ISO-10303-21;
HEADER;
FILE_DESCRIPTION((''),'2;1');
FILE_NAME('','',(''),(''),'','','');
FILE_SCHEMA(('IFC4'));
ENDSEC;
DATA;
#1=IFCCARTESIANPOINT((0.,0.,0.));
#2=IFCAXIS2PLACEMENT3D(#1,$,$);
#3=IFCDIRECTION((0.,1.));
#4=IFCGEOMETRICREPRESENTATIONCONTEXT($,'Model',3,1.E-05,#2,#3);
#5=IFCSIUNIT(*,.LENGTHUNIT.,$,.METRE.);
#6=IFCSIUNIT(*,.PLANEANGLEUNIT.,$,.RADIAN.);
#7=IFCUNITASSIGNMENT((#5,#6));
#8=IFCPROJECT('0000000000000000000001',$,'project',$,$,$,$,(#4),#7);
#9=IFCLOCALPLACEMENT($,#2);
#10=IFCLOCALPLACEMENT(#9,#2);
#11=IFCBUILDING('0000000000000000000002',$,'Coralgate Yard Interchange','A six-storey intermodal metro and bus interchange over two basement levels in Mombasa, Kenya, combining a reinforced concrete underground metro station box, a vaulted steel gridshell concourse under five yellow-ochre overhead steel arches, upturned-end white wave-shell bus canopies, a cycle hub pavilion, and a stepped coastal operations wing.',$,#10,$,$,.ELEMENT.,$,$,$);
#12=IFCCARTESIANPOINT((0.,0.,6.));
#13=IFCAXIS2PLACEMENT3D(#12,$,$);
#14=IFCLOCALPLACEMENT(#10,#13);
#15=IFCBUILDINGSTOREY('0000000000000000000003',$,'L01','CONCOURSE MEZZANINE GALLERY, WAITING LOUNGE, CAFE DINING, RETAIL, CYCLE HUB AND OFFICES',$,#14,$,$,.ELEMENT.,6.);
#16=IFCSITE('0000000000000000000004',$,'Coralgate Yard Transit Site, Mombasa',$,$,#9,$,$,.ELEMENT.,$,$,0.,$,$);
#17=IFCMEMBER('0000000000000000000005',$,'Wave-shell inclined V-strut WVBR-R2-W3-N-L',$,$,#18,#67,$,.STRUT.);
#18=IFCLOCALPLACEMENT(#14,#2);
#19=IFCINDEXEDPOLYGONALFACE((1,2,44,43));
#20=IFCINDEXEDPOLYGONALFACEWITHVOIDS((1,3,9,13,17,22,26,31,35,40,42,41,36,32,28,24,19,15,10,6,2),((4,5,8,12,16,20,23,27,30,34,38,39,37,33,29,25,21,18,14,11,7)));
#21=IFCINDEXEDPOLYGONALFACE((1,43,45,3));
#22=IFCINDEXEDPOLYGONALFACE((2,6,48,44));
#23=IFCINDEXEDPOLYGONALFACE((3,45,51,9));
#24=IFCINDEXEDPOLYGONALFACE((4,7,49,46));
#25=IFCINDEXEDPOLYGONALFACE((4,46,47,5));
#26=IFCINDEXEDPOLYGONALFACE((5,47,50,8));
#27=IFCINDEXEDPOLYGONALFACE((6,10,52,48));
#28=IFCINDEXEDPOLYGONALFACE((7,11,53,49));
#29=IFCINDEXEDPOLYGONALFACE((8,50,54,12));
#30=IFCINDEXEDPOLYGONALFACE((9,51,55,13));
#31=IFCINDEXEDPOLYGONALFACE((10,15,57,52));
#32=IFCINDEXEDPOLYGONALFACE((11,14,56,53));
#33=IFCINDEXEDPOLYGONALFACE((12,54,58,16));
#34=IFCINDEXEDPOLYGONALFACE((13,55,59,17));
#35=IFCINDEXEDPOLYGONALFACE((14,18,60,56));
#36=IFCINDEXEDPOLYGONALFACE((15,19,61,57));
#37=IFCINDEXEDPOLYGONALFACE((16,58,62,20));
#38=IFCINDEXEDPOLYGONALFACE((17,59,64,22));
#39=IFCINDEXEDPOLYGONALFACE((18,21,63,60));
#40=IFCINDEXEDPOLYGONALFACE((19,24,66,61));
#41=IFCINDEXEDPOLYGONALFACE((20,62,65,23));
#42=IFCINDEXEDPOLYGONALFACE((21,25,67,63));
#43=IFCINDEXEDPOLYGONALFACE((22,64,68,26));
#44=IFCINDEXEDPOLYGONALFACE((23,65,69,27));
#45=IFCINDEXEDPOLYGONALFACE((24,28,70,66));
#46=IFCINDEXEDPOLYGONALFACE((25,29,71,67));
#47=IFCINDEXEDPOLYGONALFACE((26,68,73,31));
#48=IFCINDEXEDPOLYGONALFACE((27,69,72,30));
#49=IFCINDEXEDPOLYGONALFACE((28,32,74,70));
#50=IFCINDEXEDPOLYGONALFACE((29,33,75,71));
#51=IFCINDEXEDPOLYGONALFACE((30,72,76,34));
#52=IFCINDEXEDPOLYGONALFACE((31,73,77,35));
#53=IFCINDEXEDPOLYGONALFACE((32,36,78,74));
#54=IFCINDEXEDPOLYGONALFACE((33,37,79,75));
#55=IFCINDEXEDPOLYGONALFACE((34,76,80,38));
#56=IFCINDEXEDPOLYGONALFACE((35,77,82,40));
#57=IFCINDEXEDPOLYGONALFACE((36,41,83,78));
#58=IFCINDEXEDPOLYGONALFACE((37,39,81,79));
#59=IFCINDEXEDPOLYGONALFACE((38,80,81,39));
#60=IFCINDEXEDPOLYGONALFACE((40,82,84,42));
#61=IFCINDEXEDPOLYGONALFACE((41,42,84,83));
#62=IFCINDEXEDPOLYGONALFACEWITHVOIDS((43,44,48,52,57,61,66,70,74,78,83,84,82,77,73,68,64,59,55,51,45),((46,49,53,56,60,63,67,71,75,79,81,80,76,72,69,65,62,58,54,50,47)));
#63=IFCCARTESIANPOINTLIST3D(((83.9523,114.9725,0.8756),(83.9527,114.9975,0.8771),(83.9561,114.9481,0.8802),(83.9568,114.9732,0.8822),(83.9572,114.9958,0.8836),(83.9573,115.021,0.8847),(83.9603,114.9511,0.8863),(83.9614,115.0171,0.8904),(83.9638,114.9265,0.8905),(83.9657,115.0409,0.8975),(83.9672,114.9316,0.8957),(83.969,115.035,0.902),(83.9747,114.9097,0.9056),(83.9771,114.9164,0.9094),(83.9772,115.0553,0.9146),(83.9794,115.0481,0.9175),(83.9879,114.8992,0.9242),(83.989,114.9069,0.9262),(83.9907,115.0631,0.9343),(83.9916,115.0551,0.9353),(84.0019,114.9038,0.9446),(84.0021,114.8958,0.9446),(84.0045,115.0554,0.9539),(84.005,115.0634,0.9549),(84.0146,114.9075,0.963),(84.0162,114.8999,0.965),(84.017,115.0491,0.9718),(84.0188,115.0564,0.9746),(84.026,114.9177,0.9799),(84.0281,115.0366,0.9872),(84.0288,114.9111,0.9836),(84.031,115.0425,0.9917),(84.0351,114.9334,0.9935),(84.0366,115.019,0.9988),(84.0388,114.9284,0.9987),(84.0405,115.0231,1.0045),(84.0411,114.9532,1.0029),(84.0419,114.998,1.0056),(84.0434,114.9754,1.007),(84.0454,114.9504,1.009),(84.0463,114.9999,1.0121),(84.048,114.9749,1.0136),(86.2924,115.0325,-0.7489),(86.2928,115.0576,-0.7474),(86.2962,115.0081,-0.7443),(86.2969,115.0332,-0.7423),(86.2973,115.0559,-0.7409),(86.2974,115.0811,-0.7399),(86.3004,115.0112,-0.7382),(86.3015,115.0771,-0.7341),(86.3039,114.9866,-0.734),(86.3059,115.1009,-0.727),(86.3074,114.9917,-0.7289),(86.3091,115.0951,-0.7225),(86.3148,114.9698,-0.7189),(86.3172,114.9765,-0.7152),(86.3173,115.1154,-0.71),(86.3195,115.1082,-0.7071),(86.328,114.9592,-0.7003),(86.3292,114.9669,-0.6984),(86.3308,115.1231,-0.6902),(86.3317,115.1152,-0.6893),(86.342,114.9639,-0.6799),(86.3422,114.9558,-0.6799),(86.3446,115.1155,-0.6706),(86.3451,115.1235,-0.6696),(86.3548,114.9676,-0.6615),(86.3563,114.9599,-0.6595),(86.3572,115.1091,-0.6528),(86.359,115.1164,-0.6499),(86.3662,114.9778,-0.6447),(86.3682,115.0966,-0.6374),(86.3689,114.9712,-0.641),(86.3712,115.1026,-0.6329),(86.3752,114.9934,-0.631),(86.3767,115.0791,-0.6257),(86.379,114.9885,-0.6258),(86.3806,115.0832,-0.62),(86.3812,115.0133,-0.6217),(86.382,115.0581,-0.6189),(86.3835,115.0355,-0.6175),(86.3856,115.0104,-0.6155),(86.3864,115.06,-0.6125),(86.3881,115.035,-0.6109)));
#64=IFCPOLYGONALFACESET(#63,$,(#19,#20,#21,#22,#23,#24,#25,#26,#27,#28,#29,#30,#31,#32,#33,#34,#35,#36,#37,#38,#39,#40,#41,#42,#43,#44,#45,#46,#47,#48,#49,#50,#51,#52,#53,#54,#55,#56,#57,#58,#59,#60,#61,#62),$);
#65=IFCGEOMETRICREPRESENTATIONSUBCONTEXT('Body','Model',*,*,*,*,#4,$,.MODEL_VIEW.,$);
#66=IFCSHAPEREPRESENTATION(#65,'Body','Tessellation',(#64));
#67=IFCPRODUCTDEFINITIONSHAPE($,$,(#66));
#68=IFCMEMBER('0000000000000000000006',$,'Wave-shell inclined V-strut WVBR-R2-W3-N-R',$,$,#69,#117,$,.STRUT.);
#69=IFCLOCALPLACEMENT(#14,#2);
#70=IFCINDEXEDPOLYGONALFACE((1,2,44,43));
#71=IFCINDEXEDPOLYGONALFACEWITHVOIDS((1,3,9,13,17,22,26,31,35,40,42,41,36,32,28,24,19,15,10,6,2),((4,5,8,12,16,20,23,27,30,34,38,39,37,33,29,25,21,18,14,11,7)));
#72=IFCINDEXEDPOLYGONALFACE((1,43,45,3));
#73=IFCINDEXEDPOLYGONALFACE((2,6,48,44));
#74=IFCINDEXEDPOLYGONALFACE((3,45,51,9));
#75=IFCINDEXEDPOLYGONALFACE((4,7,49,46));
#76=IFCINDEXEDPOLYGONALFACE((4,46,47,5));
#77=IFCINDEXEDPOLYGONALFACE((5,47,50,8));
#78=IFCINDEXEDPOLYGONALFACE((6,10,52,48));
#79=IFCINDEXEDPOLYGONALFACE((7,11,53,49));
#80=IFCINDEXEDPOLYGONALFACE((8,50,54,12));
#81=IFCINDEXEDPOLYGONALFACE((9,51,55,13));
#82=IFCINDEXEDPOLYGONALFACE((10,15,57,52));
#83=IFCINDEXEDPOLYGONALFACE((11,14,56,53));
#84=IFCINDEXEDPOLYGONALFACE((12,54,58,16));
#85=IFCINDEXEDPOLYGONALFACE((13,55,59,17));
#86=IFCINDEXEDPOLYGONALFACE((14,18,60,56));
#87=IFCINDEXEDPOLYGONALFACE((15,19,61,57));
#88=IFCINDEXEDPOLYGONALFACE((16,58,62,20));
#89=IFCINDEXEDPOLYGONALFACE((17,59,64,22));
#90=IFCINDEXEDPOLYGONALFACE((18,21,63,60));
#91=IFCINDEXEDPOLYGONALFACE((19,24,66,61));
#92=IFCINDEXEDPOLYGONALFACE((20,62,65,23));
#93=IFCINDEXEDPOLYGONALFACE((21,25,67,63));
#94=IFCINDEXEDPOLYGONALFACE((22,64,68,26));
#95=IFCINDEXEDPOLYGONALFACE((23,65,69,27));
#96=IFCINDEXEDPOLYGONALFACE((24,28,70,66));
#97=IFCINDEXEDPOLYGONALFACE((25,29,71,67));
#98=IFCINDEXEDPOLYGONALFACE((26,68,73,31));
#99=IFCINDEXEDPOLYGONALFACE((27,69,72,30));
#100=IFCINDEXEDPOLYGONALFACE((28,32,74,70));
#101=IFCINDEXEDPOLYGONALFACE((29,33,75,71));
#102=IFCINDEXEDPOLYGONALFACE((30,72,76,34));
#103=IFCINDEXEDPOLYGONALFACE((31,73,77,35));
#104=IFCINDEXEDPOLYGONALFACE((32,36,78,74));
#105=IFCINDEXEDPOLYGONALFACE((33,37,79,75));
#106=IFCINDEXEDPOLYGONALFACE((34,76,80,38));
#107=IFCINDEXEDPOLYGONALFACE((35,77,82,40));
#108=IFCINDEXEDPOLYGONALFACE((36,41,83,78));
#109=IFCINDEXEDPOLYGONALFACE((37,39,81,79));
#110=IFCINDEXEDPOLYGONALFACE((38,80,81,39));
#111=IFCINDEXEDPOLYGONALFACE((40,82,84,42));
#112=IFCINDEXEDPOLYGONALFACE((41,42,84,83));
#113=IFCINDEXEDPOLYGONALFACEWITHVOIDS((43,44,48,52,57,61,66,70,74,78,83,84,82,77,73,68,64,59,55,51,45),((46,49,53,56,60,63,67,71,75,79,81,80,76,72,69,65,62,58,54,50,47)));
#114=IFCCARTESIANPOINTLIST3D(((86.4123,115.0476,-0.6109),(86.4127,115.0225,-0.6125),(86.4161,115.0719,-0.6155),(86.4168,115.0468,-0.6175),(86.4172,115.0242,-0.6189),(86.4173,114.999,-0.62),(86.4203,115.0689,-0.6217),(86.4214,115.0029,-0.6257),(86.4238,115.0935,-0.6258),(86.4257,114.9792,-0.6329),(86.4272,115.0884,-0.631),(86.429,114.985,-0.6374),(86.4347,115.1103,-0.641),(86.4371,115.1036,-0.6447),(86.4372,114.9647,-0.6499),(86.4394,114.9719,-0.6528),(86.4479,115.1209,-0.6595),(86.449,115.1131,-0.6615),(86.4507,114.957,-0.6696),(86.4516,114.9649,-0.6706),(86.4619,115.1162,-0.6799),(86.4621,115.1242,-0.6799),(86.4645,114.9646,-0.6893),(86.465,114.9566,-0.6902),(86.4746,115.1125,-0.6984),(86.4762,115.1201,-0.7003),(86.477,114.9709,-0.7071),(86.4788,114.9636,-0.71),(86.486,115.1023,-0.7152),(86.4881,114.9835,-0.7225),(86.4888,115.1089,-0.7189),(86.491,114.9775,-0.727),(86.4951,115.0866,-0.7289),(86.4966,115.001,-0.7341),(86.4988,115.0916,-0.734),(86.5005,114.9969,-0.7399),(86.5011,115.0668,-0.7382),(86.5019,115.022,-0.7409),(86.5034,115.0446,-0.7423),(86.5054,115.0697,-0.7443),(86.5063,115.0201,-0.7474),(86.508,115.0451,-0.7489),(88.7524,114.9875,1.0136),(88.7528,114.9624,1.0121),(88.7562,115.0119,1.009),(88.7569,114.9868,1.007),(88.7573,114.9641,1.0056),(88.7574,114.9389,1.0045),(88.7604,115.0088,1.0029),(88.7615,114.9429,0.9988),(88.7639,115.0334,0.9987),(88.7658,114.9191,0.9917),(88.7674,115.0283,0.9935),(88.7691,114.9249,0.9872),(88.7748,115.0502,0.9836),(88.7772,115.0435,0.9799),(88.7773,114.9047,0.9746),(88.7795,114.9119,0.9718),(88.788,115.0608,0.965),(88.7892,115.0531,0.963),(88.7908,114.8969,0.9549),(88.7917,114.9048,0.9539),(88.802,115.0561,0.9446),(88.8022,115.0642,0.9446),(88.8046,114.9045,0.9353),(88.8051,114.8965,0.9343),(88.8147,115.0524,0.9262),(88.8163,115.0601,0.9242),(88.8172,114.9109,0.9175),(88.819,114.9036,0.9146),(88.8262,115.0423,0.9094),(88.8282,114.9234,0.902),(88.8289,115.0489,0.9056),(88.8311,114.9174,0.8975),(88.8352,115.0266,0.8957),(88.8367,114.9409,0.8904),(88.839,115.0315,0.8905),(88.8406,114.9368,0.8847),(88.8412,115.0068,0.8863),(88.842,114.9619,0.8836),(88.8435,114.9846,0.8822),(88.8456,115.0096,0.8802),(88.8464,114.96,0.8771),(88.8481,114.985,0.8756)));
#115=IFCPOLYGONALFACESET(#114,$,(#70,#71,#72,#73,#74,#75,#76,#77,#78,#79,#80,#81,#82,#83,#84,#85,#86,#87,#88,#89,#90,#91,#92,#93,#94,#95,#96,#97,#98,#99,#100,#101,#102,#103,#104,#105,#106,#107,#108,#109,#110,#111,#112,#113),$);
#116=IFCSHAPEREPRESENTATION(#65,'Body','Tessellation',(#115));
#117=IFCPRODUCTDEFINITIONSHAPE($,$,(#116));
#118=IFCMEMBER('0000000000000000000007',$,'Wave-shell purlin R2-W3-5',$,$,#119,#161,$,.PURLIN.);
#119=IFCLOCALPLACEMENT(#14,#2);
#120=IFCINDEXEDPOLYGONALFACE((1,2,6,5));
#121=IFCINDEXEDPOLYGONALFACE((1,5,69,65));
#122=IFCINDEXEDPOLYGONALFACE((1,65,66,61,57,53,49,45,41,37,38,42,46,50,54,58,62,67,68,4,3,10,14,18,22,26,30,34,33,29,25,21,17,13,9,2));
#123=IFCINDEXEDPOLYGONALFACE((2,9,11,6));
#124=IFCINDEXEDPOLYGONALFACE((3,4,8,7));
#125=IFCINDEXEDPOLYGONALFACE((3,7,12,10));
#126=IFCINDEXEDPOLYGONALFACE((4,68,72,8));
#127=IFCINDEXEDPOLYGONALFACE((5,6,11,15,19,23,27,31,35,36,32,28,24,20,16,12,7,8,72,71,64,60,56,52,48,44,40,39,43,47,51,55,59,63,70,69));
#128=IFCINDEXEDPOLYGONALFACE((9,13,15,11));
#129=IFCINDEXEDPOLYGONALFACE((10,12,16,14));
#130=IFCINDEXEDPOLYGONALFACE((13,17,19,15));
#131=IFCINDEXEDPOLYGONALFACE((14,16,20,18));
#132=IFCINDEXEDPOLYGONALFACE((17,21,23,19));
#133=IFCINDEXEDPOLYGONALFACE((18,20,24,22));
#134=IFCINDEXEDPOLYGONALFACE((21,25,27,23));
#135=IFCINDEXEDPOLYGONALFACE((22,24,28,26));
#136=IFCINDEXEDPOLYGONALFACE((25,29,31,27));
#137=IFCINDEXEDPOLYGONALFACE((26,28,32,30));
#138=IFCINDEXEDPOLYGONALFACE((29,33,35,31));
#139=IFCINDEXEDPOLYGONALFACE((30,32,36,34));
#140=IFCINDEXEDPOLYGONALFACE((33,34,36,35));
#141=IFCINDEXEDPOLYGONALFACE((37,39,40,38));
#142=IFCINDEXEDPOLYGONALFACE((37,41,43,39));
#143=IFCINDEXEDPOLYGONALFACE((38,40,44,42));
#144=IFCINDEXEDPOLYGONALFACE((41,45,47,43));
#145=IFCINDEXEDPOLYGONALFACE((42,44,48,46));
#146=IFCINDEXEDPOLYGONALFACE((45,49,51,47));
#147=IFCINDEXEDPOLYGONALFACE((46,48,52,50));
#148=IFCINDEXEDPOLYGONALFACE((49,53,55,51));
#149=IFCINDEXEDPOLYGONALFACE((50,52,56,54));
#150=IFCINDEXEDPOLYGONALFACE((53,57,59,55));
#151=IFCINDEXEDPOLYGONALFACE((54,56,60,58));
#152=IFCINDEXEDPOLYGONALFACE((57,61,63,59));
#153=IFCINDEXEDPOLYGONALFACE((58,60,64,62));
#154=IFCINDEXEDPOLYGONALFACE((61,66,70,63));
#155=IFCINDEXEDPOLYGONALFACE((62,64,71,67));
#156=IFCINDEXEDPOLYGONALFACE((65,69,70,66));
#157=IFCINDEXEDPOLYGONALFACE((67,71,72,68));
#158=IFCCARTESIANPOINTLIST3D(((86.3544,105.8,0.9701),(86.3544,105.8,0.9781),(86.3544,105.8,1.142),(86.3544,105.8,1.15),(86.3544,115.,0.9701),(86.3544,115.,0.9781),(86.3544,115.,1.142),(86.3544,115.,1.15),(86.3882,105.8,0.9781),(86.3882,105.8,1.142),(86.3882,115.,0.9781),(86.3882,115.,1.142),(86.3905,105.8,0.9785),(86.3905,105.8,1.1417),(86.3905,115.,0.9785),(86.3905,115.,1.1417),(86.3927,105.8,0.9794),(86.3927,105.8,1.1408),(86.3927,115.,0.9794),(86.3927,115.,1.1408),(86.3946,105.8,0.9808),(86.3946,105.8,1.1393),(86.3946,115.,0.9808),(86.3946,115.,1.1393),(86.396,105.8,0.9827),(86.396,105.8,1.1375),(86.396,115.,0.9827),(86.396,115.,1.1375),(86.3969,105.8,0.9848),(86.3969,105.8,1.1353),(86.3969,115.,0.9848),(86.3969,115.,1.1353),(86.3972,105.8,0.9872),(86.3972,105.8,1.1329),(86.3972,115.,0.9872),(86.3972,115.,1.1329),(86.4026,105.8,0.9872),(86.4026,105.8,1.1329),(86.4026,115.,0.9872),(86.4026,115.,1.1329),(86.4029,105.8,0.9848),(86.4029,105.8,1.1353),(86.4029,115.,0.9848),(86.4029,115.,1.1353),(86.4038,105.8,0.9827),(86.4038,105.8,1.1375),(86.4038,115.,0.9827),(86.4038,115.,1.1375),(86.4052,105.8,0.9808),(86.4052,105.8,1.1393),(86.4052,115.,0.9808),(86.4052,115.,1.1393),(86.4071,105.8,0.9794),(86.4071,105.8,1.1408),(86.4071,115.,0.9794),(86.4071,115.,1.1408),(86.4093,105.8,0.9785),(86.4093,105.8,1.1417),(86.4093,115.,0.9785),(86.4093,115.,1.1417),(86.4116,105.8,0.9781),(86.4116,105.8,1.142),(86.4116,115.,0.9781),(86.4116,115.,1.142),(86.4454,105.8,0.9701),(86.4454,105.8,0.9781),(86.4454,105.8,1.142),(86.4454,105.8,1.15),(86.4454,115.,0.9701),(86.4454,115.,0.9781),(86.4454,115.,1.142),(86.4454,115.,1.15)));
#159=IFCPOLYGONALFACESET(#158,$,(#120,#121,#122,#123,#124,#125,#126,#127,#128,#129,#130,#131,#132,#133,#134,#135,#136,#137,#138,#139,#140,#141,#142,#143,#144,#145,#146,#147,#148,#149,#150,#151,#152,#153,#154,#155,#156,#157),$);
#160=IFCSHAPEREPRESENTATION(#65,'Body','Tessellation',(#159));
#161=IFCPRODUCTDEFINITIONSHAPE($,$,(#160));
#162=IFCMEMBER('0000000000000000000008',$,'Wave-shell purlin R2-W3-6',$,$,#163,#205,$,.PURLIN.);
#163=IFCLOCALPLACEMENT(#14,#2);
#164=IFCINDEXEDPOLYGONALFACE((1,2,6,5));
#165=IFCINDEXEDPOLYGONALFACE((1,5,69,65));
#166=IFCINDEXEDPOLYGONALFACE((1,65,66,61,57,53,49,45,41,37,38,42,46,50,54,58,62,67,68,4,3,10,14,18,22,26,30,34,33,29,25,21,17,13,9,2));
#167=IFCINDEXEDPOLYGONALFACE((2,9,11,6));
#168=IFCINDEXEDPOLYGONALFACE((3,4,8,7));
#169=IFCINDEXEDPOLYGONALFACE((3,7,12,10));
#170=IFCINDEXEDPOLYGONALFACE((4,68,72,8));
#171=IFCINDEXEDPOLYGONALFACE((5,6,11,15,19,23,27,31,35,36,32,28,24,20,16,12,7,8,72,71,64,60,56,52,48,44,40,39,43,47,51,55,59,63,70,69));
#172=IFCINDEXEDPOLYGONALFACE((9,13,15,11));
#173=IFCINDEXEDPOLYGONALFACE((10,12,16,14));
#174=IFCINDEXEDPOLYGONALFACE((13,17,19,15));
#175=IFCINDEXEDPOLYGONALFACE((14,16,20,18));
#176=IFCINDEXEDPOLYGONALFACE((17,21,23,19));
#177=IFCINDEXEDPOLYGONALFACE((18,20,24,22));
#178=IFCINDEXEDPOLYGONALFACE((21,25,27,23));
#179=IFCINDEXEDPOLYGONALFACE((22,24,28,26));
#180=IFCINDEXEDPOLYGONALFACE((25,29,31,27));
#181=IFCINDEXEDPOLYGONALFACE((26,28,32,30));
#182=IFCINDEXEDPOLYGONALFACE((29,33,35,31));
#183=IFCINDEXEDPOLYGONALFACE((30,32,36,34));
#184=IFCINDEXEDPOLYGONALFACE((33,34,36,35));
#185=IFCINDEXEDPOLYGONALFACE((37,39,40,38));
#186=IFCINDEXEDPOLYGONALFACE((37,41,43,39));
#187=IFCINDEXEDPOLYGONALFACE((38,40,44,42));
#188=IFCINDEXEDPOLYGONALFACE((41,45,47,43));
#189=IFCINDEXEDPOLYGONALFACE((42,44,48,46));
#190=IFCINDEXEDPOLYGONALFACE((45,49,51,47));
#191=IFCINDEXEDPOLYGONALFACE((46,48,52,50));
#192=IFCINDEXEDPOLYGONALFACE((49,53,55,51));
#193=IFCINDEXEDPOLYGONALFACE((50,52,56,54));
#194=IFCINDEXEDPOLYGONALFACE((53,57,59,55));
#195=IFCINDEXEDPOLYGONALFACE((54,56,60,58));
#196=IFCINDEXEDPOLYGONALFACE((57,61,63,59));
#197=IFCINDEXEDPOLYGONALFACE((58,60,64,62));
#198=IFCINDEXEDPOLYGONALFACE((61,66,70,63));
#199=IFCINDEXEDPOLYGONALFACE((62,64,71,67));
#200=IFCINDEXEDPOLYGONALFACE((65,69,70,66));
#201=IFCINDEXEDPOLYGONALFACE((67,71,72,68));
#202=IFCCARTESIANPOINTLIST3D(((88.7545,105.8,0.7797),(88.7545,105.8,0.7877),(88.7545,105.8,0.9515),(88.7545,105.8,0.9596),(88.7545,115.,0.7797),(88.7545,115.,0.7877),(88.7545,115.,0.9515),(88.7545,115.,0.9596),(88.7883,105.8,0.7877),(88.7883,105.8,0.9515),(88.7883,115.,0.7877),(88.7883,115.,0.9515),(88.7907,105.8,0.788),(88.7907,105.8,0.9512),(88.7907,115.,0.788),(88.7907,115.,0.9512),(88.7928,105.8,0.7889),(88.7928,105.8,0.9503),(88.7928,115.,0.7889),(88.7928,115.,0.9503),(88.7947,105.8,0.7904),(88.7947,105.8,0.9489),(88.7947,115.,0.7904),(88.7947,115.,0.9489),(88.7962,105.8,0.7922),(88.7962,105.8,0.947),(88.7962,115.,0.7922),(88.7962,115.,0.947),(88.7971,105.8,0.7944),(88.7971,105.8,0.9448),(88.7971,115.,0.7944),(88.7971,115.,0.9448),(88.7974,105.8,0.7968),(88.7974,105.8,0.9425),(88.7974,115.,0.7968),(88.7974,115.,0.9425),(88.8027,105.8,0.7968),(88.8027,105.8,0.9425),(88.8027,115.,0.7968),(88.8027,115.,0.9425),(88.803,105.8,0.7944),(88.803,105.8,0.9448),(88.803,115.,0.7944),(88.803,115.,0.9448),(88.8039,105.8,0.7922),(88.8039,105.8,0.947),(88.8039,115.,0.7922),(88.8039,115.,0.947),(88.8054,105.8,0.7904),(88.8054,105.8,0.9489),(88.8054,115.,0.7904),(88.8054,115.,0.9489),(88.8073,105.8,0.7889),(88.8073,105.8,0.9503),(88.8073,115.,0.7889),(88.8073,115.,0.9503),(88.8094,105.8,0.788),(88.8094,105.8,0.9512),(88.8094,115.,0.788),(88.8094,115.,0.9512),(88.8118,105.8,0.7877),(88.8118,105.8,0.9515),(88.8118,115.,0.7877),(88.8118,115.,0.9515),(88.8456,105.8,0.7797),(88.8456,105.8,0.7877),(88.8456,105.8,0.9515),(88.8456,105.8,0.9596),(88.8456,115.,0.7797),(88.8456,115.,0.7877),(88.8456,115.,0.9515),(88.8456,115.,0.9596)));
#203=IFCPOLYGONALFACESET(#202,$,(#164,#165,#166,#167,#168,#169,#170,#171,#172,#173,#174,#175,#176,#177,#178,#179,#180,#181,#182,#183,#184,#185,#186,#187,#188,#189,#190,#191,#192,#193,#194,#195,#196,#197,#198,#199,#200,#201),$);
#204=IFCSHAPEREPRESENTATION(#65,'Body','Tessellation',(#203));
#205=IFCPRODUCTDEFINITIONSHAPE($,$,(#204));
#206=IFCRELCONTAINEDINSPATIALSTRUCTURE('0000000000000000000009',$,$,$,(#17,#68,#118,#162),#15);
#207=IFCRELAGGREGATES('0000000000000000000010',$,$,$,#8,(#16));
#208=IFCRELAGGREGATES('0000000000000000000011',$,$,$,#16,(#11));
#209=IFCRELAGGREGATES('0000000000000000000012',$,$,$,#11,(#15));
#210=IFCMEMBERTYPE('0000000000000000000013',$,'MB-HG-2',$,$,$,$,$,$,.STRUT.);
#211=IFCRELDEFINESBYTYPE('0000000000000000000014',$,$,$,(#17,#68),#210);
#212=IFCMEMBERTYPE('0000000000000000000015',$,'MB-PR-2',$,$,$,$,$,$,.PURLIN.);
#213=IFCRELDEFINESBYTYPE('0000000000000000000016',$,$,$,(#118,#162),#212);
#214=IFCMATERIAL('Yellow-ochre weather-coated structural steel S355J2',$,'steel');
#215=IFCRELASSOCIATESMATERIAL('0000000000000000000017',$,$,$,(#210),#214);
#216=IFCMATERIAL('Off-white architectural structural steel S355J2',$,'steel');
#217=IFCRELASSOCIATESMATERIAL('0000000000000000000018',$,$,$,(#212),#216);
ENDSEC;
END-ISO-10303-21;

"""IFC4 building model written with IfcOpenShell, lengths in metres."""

from ifc_helpers import new_model, si_unit, direction, frame, origin, origin_2d, place, context, subcontext, project, spatial, hollow_circle, i_section, extrude, material, material_profile, profile_set, type_object, element, save


model = new_model("IFC4")

# Units and contexts
model_context = context("Model", 3, precision=1e-05, world=origin(), true_north=direction((0.0, 1.0)))
body_context = subcontext(model_context, "Body", "Model", "MODEL_VIEW")
ifc_project = project(units=[si_unit("LENGTHUNIT", "METRE"), si_unit("PLANEANGLEUNIT", "RADIAN")], contexts=[model_context])

# Site, building, storey
site_placement = place(None, origin())
site = spatial("IfcSite", under=ifc_project, at=site_placement, Name="Coralgate Yard Transit Site, Mombasa", CompositionType="ELEMENT", RefElevation=0.0)
building_placement = place(site_placement, origin())
building = spatial("IfcBuilding", under=site, at=building_placement, Name="Coralgate Yard Interchange", Description="A six-storey intermodal metro and bus interchange over two basement levels in Mombasa, Kenya, combining a reinforced concrete underground metro station box, a vaulted steel gridshell concourse under five yellow-ochre overhead steel arches, upturned-end white wave-shell bus canopies, a cycle hub pavilion, and a stepped coastal operations wing.", CompositionType="ELEMENT")
storey_placement = place(building_placement, frame((0.0, 0.0, 6.0)))
storey = spatial("IfcBuildingStorey", under=building, at=storey_placement, Name="L01", Description="CONCOURSE MEZZANINE GALLERY, WAITING LOUNGE, CAFE DINING, RETAIL, CYCLE HUB AND OFFICES", CompositionType="ELEMENT", Elevation=6.0)

# Shared definitions
ifc_material_1 = material(Name="Off-white architectural structural steel S355J2", Category="steel")

# Members
ifc_material_2 = material(Name="Yellow-ochre weather-coated structural steel S355J2", Category="steel")
ifc_material_profile_1 = material_profile(ifc_material_2, hollow_circle(Radius=0.0842, WallThickness=0.0081, at=origin_2d()), Name="CHS 168.3x8")
ifc_profile_set_1 = profile_set([ifc_material_profile_1], Name="Yellow-ochre weather-coated structural steel S355J2")
member_type_1 = type_object("IfcMemberType", Name="MB-HG-2", PredefinedType="STRUT", material=ifc_profile_set_1)
for number, where, z_axis, x_axis, name in (
    (1, (86.3401, 115.04, -0.6799), (-0.821278, -0.021078, 0.570139), (0.025657, -0.999671, 0.0), "Wave-shell inclined V-strut WVBR-R2-W3-N-L"),
    (2, (86.46, 115.04, -0.6799), (0.821278, -0.021078, 0.570139), (0.025657, 0.999671, 0.0), "Wave-shell inclined V-strut WVBR-R2-W3-N-R"),
):
    element("IfcMember", number, at=place(storey_placement, frame(where, z_axis=z_axis, x_axis=x_axis)), inside=storey, type_object=member_type_1, Name=name, PredefinedType="STRUT", context=body_context, shape_type="SweptSolid", body=[
        extrude(hollow_circle(Radius=0.0842, WallThickness=0.0081, at=origin_2d()), origin(), (0.0, 0.0, 1.0), 2.8494),
    ])
ifc_material_profile_2 = material_profile(ifc_material_1, i_section(OverallWidth=0.0911, OverallDepth=0.1799, WebThickness=0.0054, FlangeThickness=0.0081, FilletRadius=0.009, at=origin_2d()), Name="IPE 180")
ifc_profile_set_2 = profile_set([ifc_material_profile_2], Name="Off-white architectural structural steel S355J2")
member_type_2 = type_object("IfcMemberType", Name="MB-PR-2", PredefinedType="PURLIN", material=ifc_profile_set_2)
for number, where, z_axis, x_axis, name in (
    (3, (86.3999, 105.8, 1.0601), (0.0, 1.0, 0.0), (-1.0, 0.0, 0.0), "Wave-shell purlin R2-W3-5"),
    (4, (88.8, 105.8, 0.8696), (0.0, 1.0, 0.0), (-1.0, 0.0, 0.0), "Wave-shell purlin R2-W3-6"),
):
    element("IfcMember", number, at=place(storey_placement, frame(where, z_axis=z_axis, x_axis=x_axis)), inside=storey, type_object=member_type_2, Name=name, PredefinedType="PURLIN", context=body_context, shape_type="SweptSolid", body=[
        extrude(i_section(OverallWidth=0.0911, OverallDepth=0.1799, WebThickness=0.0054, FlangeThickness=0.0081, FilletRadius=0.009, at=origin_2d()), origin(), (0.0, 0.0, 1.0), 9.2),
    ])

save(model, "model.ifc")
